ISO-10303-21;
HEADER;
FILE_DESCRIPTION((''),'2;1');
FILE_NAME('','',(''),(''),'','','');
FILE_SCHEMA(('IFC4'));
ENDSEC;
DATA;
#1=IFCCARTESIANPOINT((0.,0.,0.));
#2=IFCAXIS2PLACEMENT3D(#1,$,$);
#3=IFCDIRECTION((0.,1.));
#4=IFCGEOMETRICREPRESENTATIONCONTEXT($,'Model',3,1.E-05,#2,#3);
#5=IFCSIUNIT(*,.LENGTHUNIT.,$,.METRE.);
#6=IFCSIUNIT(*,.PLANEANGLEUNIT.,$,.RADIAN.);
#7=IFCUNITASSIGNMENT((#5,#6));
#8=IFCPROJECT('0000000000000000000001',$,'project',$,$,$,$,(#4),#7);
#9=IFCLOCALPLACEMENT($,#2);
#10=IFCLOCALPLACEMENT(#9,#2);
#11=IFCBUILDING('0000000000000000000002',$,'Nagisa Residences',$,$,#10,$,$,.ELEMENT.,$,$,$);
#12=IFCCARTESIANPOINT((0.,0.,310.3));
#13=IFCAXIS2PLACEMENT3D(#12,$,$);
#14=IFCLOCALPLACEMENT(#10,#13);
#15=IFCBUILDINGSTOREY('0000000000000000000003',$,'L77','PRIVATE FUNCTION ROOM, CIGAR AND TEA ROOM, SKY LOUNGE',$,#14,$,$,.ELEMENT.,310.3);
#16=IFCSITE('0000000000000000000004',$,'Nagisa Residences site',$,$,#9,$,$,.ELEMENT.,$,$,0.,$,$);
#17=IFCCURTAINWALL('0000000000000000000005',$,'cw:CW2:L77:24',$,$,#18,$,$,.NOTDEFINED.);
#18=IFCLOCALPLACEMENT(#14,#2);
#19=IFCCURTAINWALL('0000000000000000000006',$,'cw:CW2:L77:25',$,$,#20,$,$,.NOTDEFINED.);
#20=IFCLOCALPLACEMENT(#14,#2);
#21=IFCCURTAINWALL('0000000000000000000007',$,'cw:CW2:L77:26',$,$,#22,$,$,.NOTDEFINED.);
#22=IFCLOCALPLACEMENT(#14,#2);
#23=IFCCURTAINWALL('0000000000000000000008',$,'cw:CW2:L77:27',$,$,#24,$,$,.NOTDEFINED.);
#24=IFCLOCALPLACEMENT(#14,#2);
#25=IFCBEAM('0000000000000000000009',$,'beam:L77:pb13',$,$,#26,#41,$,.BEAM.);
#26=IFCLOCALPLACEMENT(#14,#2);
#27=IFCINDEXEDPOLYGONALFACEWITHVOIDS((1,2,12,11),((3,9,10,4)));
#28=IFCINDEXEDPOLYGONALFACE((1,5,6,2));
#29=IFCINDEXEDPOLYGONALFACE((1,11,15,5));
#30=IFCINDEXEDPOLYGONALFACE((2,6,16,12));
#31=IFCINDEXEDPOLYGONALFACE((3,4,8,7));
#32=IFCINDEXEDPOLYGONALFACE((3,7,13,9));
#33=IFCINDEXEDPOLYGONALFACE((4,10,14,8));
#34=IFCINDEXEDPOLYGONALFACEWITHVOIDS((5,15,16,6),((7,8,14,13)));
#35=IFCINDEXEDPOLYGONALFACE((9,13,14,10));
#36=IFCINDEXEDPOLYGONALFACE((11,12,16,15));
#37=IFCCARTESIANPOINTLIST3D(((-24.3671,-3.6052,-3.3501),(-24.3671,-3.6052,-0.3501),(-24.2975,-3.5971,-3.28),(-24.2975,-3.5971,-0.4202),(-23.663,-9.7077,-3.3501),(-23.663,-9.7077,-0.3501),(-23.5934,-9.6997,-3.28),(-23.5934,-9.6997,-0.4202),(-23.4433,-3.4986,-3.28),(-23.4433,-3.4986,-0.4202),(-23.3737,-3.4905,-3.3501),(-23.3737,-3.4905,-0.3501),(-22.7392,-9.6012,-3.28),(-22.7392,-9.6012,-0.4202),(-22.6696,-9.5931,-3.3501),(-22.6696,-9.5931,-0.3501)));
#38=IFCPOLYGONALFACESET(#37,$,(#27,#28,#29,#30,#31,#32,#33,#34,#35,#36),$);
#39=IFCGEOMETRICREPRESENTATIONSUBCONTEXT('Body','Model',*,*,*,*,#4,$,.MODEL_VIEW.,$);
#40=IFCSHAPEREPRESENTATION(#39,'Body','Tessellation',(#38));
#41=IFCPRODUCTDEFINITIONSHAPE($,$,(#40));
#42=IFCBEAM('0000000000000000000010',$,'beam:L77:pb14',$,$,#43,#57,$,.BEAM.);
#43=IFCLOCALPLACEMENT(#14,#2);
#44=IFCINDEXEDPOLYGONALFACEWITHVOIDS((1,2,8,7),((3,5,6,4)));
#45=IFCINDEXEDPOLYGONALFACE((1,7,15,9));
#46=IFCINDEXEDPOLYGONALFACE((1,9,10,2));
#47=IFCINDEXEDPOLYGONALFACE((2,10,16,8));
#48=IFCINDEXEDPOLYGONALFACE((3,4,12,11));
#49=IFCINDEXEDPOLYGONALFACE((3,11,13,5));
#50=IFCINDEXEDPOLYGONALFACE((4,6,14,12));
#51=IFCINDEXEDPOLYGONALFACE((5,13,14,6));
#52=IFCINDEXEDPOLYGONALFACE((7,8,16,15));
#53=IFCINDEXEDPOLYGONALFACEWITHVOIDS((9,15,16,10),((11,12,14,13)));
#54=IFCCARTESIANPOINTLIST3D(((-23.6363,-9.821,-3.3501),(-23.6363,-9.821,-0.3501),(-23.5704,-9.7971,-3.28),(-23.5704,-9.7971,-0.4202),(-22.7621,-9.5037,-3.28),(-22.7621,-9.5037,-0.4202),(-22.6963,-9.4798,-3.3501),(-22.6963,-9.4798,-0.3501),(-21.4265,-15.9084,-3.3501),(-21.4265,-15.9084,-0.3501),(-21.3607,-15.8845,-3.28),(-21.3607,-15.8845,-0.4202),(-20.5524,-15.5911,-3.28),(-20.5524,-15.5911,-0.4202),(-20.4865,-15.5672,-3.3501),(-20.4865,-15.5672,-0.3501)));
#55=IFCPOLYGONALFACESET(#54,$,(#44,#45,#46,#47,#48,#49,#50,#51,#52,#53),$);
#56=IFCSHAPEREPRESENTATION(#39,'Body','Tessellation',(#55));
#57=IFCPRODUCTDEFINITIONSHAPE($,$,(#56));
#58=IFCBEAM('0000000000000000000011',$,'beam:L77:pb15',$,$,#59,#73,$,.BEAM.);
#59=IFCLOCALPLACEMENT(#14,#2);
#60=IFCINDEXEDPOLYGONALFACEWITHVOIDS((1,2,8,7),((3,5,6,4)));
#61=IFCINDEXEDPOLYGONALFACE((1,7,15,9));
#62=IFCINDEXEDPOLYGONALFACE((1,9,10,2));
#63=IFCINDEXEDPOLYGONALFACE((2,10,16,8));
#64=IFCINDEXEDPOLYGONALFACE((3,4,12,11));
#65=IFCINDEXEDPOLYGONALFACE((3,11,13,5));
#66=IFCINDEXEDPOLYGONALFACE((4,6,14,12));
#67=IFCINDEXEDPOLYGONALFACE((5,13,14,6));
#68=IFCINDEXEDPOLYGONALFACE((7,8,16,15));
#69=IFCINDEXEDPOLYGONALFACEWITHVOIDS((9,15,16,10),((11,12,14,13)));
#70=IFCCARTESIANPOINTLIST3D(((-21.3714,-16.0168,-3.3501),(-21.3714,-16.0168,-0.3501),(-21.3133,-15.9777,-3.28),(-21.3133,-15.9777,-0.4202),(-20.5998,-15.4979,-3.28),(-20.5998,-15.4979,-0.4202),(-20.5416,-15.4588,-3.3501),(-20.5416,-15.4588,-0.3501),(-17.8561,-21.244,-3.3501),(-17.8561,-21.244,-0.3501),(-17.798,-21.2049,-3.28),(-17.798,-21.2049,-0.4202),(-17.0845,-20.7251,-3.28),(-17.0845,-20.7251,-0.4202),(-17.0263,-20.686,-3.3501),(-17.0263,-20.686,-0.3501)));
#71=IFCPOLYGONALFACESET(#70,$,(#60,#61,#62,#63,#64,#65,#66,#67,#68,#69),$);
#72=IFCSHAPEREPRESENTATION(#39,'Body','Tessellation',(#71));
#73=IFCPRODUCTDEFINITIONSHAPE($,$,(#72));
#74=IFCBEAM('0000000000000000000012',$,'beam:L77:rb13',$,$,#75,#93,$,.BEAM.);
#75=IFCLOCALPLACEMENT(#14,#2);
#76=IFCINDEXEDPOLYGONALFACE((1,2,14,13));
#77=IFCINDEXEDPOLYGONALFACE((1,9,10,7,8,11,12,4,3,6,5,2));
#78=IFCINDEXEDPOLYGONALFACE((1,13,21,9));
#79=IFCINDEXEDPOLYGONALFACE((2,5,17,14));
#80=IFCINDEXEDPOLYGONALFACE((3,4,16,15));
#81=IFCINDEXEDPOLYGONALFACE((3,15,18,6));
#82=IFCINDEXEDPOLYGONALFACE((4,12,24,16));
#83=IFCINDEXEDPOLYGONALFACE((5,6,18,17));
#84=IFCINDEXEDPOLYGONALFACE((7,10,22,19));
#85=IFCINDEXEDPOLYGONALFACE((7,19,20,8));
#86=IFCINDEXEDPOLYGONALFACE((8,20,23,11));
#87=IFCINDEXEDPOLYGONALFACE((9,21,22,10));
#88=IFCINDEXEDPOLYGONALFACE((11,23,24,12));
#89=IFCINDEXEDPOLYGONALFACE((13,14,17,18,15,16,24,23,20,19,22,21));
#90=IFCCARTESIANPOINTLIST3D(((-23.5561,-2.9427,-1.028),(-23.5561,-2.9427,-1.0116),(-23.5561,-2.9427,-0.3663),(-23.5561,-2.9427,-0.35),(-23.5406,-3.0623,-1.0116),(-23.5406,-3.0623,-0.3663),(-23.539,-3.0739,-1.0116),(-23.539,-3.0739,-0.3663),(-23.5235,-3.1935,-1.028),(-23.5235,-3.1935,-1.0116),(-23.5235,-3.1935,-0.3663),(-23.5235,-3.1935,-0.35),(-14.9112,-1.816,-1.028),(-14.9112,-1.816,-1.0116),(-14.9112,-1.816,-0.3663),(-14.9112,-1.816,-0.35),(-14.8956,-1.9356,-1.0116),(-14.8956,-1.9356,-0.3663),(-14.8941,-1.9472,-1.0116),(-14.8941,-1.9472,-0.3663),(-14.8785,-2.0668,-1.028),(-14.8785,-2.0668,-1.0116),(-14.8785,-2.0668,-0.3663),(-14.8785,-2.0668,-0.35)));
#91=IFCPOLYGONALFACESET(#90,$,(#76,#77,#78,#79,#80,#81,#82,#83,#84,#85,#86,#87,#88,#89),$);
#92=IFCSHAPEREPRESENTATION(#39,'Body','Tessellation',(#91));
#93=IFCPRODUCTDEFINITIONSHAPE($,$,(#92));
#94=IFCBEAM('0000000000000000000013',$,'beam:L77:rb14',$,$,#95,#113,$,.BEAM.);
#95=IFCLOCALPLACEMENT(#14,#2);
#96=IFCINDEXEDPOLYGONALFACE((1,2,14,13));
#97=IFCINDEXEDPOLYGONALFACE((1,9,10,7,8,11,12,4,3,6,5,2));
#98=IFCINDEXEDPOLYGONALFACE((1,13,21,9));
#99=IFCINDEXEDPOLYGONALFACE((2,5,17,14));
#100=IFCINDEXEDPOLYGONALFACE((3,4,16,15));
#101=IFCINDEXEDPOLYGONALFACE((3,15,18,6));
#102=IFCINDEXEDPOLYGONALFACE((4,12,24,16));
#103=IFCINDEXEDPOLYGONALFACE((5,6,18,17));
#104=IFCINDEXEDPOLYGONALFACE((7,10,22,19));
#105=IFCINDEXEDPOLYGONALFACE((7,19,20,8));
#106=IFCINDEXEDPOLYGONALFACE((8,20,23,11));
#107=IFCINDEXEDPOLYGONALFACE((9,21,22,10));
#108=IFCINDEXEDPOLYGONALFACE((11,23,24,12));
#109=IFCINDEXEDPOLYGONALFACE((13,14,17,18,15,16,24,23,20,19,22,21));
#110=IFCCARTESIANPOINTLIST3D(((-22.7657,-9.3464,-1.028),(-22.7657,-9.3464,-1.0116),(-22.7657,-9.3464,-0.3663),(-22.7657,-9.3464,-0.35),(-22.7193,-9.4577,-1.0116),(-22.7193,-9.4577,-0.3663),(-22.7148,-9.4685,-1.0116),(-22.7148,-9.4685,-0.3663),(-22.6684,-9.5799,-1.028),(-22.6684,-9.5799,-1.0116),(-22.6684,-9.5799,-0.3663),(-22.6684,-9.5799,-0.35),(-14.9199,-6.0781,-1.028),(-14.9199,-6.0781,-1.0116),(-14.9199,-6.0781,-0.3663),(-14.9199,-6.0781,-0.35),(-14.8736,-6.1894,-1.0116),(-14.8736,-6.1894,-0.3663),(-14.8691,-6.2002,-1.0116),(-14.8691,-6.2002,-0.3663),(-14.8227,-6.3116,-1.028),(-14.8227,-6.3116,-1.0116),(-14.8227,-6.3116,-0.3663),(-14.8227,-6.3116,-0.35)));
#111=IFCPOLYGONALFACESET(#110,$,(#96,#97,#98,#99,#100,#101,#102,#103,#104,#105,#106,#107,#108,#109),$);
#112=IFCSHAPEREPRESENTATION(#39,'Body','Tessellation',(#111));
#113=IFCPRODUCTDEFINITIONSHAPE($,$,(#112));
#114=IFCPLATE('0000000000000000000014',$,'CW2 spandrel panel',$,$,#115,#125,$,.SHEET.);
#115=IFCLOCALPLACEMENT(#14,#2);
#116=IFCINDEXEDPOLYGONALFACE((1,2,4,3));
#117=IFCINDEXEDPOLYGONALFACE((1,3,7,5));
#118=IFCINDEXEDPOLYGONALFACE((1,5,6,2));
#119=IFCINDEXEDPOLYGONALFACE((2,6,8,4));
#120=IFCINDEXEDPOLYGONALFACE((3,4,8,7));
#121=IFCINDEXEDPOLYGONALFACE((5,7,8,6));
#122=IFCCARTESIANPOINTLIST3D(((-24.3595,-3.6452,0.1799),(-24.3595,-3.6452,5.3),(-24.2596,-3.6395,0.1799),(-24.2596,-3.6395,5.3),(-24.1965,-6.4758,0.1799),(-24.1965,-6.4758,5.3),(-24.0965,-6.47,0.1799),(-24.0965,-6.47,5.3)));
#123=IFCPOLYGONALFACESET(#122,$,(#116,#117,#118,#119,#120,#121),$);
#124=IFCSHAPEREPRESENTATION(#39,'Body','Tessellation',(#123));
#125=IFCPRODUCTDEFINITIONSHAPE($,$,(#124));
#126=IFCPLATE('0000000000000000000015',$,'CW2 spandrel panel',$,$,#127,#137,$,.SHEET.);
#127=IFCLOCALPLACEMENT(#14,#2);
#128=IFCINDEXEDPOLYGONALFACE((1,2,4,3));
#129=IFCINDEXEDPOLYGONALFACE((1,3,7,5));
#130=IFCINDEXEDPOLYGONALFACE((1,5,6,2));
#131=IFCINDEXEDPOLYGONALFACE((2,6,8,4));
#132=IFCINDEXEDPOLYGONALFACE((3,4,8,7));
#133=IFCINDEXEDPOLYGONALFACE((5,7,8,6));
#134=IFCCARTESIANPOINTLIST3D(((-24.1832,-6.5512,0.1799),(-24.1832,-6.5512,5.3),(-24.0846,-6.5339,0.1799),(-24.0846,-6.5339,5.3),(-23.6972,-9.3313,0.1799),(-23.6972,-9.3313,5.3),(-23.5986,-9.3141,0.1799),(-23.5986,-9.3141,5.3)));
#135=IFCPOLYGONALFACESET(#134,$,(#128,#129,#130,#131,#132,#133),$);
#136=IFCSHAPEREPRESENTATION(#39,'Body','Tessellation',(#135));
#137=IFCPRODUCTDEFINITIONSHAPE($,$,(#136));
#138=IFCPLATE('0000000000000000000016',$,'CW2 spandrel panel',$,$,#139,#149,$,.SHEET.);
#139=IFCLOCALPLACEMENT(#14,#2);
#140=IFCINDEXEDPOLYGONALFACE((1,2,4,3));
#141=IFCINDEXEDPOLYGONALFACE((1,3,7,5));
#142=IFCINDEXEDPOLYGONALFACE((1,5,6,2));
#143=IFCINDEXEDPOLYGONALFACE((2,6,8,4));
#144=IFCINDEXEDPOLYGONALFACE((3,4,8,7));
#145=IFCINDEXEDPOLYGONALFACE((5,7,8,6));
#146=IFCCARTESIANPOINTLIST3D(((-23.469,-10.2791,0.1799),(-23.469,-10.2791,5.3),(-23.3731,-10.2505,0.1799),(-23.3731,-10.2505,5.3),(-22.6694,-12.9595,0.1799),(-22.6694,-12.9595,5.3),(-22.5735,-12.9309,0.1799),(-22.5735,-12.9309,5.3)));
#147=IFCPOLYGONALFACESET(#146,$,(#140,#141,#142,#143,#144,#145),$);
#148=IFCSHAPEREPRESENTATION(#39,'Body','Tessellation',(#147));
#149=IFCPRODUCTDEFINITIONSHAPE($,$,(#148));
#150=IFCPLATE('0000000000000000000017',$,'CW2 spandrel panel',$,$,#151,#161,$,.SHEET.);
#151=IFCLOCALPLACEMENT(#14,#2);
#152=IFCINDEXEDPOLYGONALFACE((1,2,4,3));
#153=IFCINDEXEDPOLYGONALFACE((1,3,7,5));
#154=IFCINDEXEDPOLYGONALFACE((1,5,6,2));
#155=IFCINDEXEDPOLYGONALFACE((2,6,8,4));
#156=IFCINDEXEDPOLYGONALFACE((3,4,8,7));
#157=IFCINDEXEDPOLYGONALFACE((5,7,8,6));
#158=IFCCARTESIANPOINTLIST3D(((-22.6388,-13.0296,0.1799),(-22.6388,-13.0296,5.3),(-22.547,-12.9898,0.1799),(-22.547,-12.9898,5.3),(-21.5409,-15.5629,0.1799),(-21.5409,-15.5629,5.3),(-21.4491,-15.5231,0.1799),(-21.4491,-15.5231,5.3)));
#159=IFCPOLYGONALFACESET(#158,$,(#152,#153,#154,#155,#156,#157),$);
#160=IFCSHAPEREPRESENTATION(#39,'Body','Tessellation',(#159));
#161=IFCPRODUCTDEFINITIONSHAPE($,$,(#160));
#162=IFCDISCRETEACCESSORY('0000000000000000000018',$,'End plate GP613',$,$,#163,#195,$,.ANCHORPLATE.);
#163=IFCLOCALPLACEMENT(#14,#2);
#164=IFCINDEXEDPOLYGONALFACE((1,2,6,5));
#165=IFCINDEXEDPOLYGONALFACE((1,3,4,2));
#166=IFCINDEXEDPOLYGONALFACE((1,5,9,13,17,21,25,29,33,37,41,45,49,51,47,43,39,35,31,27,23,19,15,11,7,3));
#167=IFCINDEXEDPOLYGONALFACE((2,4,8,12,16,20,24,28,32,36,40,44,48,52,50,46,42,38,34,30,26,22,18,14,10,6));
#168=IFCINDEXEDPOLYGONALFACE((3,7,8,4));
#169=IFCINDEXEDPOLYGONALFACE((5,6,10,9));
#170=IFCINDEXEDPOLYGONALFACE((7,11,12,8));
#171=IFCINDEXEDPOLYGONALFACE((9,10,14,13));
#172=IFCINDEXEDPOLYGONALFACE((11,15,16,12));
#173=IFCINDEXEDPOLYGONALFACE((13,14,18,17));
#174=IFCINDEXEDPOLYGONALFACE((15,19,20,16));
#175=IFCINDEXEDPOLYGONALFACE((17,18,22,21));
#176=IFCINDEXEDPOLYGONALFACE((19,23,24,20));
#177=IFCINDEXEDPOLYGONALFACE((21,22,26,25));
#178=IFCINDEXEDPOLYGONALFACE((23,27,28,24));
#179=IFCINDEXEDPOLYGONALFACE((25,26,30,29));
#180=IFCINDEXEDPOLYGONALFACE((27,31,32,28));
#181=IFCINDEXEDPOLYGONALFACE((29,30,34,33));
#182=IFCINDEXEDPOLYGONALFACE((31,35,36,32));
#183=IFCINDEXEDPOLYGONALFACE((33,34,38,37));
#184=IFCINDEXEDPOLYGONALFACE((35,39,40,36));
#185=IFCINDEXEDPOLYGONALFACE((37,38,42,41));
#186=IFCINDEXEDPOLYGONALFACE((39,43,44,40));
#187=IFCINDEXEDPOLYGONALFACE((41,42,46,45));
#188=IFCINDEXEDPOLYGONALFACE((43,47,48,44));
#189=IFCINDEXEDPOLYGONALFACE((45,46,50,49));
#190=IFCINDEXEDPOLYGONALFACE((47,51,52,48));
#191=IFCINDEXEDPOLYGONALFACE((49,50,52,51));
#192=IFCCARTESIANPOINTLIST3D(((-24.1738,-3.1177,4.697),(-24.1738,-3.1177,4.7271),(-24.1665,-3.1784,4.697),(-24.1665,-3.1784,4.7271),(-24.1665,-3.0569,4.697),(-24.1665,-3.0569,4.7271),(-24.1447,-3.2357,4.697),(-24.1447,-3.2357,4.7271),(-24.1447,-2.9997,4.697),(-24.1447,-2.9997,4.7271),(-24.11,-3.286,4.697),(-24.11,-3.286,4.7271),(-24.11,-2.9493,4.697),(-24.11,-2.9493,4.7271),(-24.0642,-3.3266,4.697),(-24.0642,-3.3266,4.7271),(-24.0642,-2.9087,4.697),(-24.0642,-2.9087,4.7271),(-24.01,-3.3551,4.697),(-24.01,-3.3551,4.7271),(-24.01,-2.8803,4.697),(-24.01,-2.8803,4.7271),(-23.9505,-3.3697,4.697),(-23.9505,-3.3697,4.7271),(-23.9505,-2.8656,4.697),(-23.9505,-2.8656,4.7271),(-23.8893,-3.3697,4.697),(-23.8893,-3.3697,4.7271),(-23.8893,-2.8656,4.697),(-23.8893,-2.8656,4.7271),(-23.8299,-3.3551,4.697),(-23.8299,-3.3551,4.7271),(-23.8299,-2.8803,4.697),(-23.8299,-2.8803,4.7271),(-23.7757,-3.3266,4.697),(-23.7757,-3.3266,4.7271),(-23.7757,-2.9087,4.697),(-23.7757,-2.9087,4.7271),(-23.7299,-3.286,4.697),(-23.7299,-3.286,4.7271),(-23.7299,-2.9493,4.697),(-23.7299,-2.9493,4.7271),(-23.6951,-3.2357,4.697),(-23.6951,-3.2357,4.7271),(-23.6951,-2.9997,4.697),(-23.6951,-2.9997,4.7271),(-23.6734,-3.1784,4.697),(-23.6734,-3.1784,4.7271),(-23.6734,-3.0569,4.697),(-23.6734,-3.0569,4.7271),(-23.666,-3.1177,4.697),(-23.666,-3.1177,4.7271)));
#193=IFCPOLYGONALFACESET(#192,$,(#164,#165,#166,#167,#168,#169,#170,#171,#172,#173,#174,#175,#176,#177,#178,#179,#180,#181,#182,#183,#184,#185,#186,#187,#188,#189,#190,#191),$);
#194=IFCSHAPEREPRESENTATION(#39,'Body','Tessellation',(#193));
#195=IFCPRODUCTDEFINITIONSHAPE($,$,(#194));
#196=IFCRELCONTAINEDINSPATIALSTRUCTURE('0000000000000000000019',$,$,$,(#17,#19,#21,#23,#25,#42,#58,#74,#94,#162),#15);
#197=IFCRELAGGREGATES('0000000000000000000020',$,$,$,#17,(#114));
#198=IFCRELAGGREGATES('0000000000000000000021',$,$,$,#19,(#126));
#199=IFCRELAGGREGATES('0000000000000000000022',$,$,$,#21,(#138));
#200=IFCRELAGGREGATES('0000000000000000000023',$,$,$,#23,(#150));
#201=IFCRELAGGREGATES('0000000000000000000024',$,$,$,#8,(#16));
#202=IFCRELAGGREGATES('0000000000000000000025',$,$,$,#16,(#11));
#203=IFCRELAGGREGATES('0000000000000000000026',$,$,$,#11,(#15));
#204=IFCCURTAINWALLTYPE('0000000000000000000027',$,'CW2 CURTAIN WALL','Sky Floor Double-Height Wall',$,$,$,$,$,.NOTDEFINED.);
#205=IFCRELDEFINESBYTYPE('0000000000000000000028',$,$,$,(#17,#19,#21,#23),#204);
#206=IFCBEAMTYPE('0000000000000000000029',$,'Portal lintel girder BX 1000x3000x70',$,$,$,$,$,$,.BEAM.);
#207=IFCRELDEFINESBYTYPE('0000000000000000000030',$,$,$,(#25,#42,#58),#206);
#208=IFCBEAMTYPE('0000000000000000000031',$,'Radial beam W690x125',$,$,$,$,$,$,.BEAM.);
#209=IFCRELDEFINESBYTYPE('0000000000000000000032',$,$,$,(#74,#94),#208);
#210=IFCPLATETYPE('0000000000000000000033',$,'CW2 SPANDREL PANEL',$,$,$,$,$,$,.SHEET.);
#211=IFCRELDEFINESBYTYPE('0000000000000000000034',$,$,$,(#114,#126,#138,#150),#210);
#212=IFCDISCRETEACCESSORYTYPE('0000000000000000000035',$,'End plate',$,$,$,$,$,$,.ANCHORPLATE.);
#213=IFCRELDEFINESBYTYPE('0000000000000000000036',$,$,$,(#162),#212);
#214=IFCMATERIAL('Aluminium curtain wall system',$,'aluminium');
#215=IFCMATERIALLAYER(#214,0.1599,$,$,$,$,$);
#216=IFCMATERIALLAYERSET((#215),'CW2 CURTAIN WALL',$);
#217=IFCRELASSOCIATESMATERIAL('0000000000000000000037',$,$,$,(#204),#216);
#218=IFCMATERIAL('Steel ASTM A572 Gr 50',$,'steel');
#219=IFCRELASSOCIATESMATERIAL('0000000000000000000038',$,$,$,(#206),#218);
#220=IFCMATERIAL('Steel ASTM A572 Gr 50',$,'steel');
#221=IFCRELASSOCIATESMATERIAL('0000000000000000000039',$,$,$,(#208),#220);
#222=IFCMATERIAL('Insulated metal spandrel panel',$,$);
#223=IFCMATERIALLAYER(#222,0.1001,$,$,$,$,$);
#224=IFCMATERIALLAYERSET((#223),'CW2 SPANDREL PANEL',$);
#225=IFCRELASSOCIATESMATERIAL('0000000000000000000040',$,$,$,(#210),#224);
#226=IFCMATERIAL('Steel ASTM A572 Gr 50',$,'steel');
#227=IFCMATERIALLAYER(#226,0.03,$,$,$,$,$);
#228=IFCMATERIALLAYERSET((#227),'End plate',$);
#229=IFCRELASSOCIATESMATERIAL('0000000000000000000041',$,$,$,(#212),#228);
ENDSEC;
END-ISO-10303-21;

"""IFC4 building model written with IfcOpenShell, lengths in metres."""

from ifc_helpers import new_model, si_unit, direction, frame, origin, origin_2d, place, context, subcontext, project, spatial, rectangle, hollow_rectangle, circle, i_section, extrude, material, layer, layer_set, material_profile, profile_set, type_object, element, aggregate, save


model = new_model("IFC4")

# Units and contexts
model_context = context("Model", 3, precision=1e-05, world=origin(), true_north=direction((0.0, 1.0)))
body_context = subcontext(model_context, "Body", "Model", "MODEL_VIEW")
ifc_project = project(units=[si_unit("LENGTHUNIT", "METRE"), si_unit("PLANEANGLEUNIT", "RADIAN")], contexts=[model_context])

# Site, building, storey
site_placement = place(None, origin())
site = spatial("IfcSite", under=ifc_project, at=site_placement, Name="Nagisa Residences site", CompositionType="ELEMENT", RefElevation=0.0)
building_placement = place(site_placement, origin())
building = spatial("IfcBuilding", under=site, at=building_placement, Name="Nagisa Residences", CompositionType="ELEMENT")
storey_placement = place(building_placement, frame((0.0, 0.0, 310.3)))
storey = spatial("IfcBuildingStorey", under=building, at=storey_placement, Name="L77", Description="PRIVATE FUNCTION ROOM, CIGAR AND TEA ROOM, SKY LOUNGE", CompositionType="ELEMENT", Elevation=310.3)

# Curtain walls
ifc_material_1 = material(Name="Aluminium curtain wall system", Category="aluminium")
ifc_layer_1 = layer(ifc_material_1, 0.1599)
ifc_layer_set_1 = layer_set([ifc_layer_1], Name="CW2 CURTAIN WALL")
curtain_wall_type = type_object("IfcCurtainWallType", Name="CW2 CURTAIN WALL", Description="Sky Floor Double-Height Wall", PredefinedType="NOTDEFINED", material=ifc_layer_set_1)
curtain_wall_1_placement = place(storey_placement, origin())
curtain_wall_1 = element("IfcCurtainWall", 1, at=curtain_wall_1_placement, inside=storey, type_object=curtain_wall_type, Name="cw:CW2:L77:24", PredefinedType="NOTDEFINED")
curtain_wall_2_placement = place(storey_placement, origin())
curtain_wall_2 = element("IfcCurtainWall", 2, at=curtain_wall_2_placement, inside=storey, type_object=curtain_wall_type, Name="cw:CW2:L77:25", PredefinedType="NOTDEFINED")
curtain_wall_3_placement = place(storey_placement, origin())
curtain_wall_3 = element("IfcCurtainWall", 3, at=curtain_wall_3_placement, inside=storey, type_object=curtain_wall_type, Name="cw:CW2:L77:26", PredefinedType="NOTDEFINED")
curtain_wall_4_placement = place(storey_placement, origin())
curtain_wall_4 = element("IfcCurtainWall", 4, at=curtain_wall_4_placement, inside=storey, type_object=curtain_wall_type, Name="cw:CW2:L77:27", PredefinedType="NOTDEFINED")

# Beams
ifc_material_2 = material(Name="Steel ASTM A572 Gr 50", Category="steel")
ifc_material_profile_1 = material_profile(ifc_material_2, hollow_rectangle(XDim=1.0, YDim=3.0, WallThickness=0.0701, at=origin_2d()), Name="BX 1000x3000x70")
ifc_profile_set_1 = profile_set([ifc_material_profile_1], Name="Steel ASTM A572 Gr 50")
beam_type_1 = type_object("IfcBeamType", Name="Portal lintel girder BX 1000x3000x70", PredefinedType="BEAM", material=ifc_profile_set_1)
beam_1_placement = place(storey_placement, frame((-23.8704, -3.5479, -1.8501), z_axis=(0.114618, -0.99341, 0.0), x_axis=(0.99341, 0.114618, 0.0)))
element("IfcBeam", 5, at=beam_1_placement, inside=storey, type_object=beam_type_1, Name="beam:L77:pb13", PredefinedType="BEAM", context=body_context, shape_type="SweptSolid", body=[
    extrude(hollow_rectangle(XDim=1.0, YDim=3.0, WallThickness=0.0701, at=origin_2d()), origin(), (0.0, 0.0, 1.0), 6.1431),
])
beam_2_placement = place(storey_placement, frame((-23.1663, -9.6504, -1.8501), z_axis=(0.341213, -0.939986, 0.0), x_axis=(0.939986, 0.341213, 0.0)))
element("IfcBeam", 6, at=beam_2_placement, inside=storey, type_object=beam_type_1, Name="beam:L77:pb14", PredefinedType="BEAM", context=body_context, shape_type="SweptSolid", body=[
    extrude(hollow_rectangle(XDim=1.0, YDim=3.0, WallThickness=0.0701, at=origin_2d()), origin(), (0.0, 0.0, 1.0), 6.4761),
])
beam_3_placement = place(storey_placement, frame((-20.9565, -15.7378, -1.8501), z_axis=(0.55805, -0.829808, 0.0), x_axis=(0.829808, 0.55805, 0.0)))
element("IfcBeam", 7, at=beam_3_placement, inside=storey, type_object=beam_type_1, Name="beam:L77:pb15", PredefinedType="BEAM", context=body_context, shape_type="SweptSolid", body=[
    extrude(hollow_rectangle(XDim=1.0, YDim=3.0, WallThickness=0.0701, at=origin_2d()), origin(), (0.0, 0.0, 1.0), 6.2993),
])
ifc_material_3 = material(Name="Steel ASTM A572 Gr 50", Category="steel")
ifc_material_profile_2 = material_profile(ifc_material_3, i_section(OverallWidth=0.2529, OverallDepth=0.678, WebThickness=0.0117, FlangeThickness=0.0164, at=origin_2d()), Name="W690x125")
ifc_profile_set_2 = profile_set([ifc_material_profile_2], Name="Steel ASTM A572 Gr 50")
beam_type_2 = type_object("IfcBeamType", Name="Radial beam W690x125", PredefinedType="BEAM", material=ifc_profile_set_2)
beam_4_placement = place(storey_placement, frame((-23.5398, -3.0681, -0.689), z_axis=(0.991614, 0.129237, 0.0), x_axis=(-0.129237, 0.991614, 0.0)))
element("IfcBeam", 8, at=beam_4_placement, inside=storey, type_object=beam_type_2, Name="beam:L77:rb13", PredefinedType="BEAM", context=body_context, shape_type="SweptSolid", body=[
    extrude(i_section(OverallWidth=0.2529, OverallDepth=0.678, WebThickness=0.0117, FlangeThickness=0.0164, at=origin_2d()), origin(), (0.0, 0.0, 1.0), 8.718),
])
beam_5_placement = place(storey_placement, frame((-22.717, -9.4631, -0.689), z_axis=(0.923108, 0.384542, 0.0), x_axis=(-0.384542, 0.923108, 0.0)))
element("IfcBeam", 9, at=beam_5_placement, inside=storey, type_object=beam_type_2, Name="beam:L77:rb14", PredefinedType="BEAM", context=body_context, shape_type="SweptSolid", body=[
    extrude(i_section(OverallWidth=0.2529, OverallDepth=0.678, WebThickness=0.0117, FlangeThickness=0.0164, at=origin_2d()), origin(), (0.0, 0.0, 1.0), 8.4993),
])

# Plates
ifc_material_4 = material(Name="Insulated metal spandrel panel")
ifc_layer_2 = layer(ifc_material_4, 0.1001)
ifc_layer_set_2 = layer_set([ifc_layer_2], Name="CW2 SPANDREL PANEL")
plate_type = type_object("IfcPlateType", Name="CW2 SPANDREL PANEL", PredefinedType="SHEET", material=ifc_layer_set_2)
plate_1_placement = place(storey_placement, frame((-24.228, -5.0576, 0.1799), z_axis=(0.0, 0.0, 1.0), x_axis=(0.057503, -0.998345, 0.0)))
plate_1 = element("IfcPlate", 10, at=plate_1_placement, type_object=plate_type, Name="CW2 spandrel panel", PredefinedType="SHEET", context=body_context, shape_type="SweptSolid", body=[
    extrude(rectangle(XDim=2.8352, YDim=0.1001, at=origin_2d()), origin(), (0.0, 0.0, 1.0), 5.1201),
])
aggregate(curtain_wall_1, [plate_1])
plate_2_placement = place(storey_placement, frame((-23.8909, -7.9326, 0.1799), z_axis=(0.0, 0.0, 1.0), x_axis=(0.172191, -0.985064, 0.0)))
plate_2 = element("IfcPlate", 11, at=plate_2_placement, type_object=plate_type, Name="CW2 spandrel panel", PredefinedType="SHEET", context=body_context, shape_type="SweptSolid", body=[
    extrude(rectangle(XDim=2.8223, YDim=0.1001, at=origin_2d()), origin(), (0.0, 0.0, 1.0), 5.1201),
])
aggregate(curtain_wall_2, [plate_2])
plate_3_placement = place(storey_placement, frame((-23.0212, -11.605, 0.1799), z_axis=(0.0, 0.0, 1.0), x_axis=(0.28586, -0.958271, 0.0)))
plate_3 = element("IfcPlate", 12, at=plate_3_placement, type_object=plate_type, Name="CW2 spandrel panel", PredefinedType="SHEET", context=body_context, shape_type="SweptSolid", body=[
    extrude(rectangle(XDim=2.7971, YDim=0.1001, at=origin_2d()), origin(), (0.0, 0.0, 1.0), 5.1201),
])
aggregate(curtain_wall_3, [plate_3])
plate_4_placement = place(storey_placement, frame((-22.0439, -14.2764, 0.1799), z_axis=(0.0, 0.0, 1.0), x_axis=(0.397636, -0.917543, 0.0)))
plate_4 = element("IfcPlate", 13, at=plate_4_placement, type_object=plate_type, Name="CW2 spandrel panel", PredefinedType="SHEET", context=body_context, shape_type="SweptSolid", body=[
    extrude(rectangle(XDim=2.761, YDim=0.1001, at=origin_2d()), origin(), (0.0, 0.0, 1.0), 5.1201),
])
aggregate(curtain_wall_4, [plate_4])

# Discrete accessory
ifc_material_5 = material(Name="Steel ASTM A572 Gr 50", Category="steel")
ifc_layer_3 = layer(ifc_material_5, 0.03)
ifc_layer_set_3 = layer_set([ifc_layer_3], Name="End plate")
discrete_accessory_type_1 = type_object("IfcDiscreteAccessoryType", Name="End plate", PredefinedType="ANCHORPLATE", material=ifc_layer_set_3)
for number, where, z_axis, x_axis, name in (
    (14, (-23.9199, -3.1177, 4.697), (0.0, 0.0, 1.0), (1.0, 0.0, 0.0), "End plate GP613"),
):
    element("IfcDiscreteAccessory", number, at=place(storey_placement, frame(where, z_axis=z_axis, x_axis=x_axis)), inside=storey, type_object=discrete_accessory_type_1, Name=name, PredefinedType="ANCHORPLATE", context=body_context, shape_type="SweptSolid", body=[
        extrude(circle(Radius=0.2539, at=origin_2d()), origin(), (0.0, 0.0, 1.0), 0.03),
    ])

save(model, "model.ifc")
